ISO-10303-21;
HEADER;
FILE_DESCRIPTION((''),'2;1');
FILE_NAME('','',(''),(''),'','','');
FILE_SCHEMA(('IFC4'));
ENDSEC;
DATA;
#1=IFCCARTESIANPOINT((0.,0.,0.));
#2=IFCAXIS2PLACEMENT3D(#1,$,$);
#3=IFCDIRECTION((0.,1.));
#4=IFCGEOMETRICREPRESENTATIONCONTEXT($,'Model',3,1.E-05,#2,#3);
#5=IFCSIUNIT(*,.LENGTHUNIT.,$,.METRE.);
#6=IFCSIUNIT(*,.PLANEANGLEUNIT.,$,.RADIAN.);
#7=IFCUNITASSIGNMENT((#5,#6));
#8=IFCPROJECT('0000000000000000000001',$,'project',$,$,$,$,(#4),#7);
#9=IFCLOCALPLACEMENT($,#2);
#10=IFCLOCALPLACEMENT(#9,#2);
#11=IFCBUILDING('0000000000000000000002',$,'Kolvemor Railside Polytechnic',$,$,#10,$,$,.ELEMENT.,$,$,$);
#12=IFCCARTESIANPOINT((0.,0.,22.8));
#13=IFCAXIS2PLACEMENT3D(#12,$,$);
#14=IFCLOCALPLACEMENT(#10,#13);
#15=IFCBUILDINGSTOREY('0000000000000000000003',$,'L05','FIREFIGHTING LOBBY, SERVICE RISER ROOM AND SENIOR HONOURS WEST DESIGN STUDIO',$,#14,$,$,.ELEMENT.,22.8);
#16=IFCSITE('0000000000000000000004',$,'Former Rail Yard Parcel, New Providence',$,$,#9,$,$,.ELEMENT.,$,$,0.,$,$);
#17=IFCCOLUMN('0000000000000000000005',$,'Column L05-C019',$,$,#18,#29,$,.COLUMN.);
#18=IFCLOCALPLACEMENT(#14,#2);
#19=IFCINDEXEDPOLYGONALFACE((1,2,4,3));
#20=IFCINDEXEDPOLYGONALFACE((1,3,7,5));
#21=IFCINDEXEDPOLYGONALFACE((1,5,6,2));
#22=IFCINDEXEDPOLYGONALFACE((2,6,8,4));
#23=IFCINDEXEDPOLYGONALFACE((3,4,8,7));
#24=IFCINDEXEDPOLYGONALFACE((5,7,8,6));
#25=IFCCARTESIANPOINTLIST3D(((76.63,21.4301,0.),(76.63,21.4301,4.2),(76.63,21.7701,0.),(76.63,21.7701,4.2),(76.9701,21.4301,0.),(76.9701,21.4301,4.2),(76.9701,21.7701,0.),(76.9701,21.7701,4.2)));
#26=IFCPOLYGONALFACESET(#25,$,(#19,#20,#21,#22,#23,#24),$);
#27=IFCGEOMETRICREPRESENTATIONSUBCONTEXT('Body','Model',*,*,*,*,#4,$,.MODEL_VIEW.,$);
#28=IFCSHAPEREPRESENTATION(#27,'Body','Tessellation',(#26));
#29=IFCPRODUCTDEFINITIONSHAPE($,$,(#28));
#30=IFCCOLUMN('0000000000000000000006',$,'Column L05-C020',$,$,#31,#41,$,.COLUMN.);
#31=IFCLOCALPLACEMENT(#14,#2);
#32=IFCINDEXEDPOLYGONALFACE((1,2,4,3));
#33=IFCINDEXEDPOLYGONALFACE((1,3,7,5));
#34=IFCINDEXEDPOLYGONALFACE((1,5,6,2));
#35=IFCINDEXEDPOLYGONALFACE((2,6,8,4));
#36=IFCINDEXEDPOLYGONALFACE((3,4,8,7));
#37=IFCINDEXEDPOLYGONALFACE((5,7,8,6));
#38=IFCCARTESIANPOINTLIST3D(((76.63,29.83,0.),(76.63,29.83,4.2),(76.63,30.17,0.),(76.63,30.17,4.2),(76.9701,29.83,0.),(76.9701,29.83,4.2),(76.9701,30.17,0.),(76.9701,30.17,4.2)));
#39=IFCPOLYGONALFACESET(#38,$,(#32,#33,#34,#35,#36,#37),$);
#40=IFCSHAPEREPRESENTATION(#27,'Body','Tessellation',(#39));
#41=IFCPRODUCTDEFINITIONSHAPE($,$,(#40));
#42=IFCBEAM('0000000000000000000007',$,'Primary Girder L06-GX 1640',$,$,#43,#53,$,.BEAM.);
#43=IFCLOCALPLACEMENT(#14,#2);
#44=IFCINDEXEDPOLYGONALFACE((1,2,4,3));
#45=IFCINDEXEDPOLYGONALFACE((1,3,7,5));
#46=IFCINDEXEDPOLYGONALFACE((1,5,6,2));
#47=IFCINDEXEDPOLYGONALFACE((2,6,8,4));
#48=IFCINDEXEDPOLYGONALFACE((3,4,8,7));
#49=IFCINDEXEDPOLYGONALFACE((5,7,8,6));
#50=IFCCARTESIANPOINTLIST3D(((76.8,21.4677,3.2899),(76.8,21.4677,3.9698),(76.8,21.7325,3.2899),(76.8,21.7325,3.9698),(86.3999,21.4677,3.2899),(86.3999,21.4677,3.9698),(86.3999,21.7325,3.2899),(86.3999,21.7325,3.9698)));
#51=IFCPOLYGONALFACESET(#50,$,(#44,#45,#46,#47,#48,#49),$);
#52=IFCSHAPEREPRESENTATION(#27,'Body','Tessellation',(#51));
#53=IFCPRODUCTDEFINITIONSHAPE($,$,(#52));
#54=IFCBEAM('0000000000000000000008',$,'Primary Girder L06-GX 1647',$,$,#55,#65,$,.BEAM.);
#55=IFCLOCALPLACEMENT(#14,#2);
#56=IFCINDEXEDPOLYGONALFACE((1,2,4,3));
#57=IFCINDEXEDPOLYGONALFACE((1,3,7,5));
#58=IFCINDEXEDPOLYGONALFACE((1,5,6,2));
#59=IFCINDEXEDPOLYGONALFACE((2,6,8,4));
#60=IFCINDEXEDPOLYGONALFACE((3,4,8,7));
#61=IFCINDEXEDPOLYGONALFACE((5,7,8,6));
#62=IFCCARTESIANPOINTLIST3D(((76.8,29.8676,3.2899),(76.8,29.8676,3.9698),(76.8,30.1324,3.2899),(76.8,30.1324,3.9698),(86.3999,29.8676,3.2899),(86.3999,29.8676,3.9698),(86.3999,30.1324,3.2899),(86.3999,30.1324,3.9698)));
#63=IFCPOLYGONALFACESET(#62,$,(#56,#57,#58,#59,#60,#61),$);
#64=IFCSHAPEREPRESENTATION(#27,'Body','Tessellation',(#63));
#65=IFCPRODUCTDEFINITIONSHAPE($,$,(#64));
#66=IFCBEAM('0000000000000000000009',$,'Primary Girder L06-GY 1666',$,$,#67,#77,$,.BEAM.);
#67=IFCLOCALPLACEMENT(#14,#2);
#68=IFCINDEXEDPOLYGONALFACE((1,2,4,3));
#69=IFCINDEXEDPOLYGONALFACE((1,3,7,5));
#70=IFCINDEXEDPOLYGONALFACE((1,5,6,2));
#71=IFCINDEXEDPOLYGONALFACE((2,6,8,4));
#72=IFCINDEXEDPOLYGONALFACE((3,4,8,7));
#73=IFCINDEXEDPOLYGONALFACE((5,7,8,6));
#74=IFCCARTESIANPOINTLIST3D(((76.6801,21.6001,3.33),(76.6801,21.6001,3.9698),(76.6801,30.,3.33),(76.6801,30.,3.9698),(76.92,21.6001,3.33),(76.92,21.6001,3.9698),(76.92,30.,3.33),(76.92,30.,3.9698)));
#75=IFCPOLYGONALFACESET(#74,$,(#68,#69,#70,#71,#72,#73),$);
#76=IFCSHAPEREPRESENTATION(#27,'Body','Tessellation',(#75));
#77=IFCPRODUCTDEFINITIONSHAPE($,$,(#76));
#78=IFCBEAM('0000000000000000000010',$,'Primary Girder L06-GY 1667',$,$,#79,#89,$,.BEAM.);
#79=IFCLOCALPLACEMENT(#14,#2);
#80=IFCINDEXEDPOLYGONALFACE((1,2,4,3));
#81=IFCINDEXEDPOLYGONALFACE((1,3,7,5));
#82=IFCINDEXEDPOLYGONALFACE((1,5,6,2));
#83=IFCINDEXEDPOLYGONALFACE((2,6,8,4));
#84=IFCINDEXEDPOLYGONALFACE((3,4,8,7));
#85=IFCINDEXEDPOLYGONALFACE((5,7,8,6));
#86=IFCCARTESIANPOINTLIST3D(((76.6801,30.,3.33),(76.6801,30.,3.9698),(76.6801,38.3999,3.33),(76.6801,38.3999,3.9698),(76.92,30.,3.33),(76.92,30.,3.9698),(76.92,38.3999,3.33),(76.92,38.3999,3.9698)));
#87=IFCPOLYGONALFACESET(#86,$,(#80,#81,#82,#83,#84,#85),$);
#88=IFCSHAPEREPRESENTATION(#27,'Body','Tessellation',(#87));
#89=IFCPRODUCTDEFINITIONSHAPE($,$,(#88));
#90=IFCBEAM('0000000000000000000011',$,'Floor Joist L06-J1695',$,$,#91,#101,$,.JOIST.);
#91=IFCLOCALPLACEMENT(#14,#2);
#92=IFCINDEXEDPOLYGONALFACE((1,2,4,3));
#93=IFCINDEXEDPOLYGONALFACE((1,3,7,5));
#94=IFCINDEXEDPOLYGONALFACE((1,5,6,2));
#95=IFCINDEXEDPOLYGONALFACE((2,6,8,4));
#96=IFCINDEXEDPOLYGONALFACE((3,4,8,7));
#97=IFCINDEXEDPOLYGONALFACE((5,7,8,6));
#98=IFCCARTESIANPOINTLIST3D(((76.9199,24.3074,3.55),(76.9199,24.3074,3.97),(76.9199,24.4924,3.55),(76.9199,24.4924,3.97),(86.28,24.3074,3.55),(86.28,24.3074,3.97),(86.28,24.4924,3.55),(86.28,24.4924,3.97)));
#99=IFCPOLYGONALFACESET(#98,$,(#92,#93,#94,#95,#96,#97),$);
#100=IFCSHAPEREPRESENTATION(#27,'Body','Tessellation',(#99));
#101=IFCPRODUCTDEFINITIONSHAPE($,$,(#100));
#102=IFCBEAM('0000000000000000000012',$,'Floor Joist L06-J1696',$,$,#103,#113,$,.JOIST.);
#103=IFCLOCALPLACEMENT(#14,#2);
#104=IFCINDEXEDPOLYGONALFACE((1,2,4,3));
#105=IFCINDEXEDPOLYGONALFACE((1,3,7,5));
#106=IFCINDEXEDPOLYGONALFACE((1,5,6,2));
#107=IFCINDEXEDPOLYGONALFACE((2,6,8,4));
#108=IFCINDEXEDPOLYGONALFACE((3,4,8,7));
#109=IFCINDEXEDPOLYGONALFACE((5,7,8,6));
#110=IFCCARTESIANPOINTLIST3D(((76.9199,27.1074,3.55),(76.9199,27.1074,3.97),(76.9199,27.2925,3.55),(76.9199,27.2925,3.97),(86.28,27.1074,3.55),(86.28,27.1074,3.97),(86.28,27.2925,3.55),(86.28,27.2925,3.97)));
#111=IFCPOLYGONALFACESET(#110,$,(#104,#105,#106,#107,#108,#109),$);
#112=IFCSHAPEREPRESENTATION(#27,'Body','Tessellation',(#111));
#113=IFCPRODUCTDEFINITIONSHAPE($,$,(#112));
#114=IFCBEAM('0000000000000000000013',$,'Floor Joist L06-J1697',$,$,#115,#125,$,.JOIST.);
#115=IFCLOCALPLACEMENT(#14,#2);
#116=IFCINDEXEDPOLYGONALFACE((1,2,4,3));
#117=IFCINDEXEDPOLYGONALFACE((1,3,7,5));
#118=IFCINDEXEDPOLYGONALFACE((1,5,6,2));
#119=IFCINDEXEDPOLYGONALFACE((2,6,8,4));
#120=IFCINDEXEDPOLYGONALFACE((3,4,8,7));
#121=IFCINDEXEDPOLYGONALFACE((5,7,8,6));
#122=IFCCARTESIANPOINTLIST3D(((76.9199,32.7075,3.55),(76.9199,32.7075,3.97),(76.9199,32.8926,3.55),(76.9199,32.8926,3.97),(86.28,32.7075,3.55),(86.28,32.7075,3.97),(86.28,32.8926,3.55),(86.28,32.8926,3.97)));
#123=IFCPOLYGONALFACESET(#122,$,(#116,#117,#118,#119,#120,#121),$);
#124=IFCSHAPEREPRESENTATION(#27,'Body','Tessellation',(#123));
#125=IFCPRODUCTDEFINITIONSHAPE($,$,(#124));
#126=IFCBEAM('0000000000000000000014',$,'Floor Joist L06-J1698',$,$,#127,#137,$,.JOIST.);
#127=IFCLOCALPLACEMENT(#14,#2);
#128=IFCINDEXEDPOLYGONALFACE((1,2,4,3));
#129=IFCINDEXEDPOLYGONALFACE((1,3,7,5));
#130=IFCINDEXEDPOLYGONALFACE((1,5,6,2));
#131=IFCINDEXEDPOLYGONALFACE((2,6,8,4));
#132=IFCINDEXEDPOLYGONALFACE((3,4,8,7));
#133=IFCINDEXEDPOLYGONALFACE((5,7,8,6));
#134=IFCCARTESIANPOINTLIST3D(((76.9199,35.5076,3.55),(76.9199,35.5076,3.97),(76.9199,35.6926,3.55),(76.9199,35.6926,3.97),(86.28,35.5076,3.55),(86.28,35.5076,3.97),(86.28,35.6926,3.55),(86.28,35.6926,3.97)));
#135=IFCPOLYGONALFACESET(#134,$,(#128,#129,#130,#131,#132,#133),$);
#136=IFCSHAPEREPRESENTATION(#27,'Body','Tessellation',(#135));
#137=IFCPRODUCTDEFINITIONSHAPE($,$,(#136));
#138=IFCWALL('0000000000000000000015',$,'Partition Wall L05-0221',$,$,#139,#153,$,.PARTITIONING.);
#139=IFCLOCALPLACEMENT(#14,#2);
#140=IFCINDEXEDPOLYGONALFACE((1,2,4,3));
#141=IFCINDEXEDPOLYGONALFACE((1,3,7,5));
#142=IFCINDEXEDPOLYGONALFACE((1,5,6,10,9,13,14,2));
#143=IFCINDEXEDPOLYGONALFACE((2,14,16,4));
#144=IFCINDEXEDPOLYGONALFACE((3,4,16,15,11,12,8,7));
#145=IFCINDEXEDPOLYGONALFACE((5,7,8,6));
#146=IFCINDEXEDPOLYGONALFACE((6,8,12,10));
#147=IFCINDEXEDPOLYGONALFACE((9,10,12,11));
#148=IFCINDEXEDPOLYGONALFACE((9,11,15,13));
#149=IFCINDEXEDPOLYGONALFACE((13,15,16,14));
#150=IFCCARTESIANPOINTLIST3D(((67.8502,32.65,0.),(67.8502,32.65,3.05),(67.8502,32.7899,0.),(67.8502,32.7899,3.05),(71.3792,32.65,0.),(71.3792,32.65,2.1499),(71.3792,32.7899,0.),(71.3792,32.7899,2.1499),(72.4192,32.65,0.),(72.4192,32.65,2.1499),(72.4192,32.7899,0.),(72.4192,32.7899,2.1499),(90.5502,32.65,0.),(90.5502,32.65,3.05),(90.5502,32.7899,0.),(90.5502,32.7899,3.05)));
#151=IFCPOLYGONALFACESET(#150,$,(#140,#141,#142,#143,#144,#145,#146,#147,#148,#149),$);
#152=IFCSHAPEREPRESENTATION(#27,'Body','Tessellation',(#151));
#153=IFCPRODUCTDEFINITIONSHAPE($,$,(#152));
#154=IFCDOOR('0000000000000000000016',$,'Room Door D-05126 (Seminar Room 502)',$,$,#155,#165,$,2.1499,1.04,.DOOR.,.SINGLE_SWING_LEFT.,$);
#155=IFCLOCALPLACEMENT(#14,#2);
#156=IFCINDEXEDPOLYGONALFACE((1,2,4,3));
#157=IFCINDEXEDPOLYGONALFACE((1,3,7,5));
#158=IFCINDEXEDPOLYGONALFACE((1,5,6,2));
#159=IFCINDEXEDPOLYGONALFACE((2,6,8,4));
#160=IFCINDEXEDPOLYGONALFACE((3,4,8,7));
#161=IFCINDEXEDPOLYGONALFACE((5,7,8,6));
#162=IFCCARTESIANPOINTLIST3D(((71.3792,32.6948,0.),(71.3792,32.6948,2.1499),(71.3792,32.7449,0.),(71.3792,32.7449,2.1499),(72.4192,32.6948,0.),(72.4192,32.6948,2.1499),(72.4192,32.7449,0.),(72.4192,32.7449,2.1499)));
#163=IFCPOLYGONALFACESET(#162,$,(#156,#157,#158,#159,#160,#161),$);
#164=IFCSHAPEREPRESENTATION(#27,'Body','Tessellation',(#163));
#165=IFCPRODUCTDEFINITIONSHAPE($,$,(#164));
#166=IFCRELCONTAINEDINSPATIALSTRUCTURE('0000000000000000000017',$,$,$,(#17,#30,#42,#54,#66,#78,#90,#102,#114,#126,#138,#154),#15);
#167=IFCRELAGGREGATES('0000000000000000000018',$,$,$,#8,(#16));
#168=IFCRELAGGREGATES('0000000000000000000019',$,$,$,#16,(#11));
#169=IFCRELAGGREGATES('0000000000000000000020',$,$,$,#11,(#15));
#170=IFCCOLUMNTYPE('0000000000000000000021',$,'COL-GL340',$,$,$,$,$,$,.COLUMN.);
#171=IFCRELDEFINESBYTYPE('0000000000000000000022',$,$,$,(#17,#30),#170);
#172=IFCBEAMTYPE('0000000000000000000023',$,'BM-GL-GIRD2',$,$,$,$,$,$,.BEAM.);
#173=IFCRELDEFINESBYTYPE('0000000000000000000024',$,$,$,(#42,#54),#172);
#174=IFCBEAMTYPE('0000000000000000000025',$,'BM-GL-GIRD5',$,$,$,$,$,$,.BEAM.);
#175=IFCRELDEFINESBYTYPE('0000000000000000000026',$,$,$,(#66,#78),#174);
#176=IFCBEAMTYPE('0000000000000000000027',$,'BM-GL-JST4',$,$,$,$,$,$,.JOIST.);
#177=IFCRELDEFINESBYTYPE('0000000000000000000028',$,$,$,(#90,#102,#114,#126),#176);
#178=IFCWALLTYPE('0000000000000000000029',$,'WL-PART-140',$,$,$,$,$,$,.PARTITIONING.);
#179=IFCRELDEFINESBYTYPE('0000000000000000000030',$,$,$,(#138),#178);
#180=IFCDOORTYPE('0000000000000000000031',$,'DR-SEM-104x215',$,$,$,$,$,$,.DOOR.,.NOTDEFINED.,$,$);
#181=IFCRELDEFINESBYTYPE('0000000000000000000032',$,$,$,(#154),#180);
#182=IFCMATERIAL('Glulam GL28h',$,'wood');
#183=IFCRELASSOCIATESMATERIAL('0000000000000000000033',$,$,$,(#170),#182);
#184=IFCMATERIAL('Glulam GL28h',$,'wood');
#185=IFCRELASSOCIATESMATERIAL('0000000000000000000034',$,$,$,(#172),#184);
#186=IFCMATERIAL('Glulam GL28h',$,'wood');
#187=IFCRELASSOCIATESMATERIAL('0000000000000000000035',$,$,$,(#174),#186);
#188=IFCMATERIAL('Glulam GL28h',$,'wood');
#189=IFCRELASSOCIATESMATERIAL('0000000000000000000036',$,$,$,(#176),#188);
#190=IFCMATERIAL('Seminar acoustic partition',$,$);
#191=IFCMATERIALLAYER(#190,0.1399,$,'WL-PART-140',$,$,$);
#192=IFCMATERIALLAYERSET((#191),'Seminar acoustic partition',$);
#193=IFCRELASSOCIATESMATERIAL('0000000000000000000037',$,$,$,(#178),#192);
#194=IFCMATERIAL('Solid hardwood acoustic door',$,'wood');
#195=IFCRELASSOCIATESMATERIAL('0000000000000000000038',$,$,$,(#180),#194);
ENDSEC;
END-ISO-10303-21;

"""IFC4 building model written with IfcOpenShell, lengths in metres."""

from ifc_helpers import new_model, si_unit, direction, frame, frame_2d, origin, origin_2d, place, context, subcontext, project, spatial, rectangle, extrude, material, layer, layer_set, material_profile, profile_set, type_object, element, fill, save


model = new_model("IFC4")

# Units and contexts
model_context = context("Model", 3, precision=1e-05, world=origin(), true_north=direction((0.0, 1.0)))
body_context = subcontext(model_context, "Body", "Model", "MODEL_VIEW")
ifc_project = project(units=[si_unit("LENGTHUNIT", "METRE"), si_unit("PLANEANGLEUNIT", "RADIAN")], contexts=[model_context])

# Site, building, storey
site_placement = place(None, origin())
site = spatial("IfcSite", under=ifc_project, at=site_placement, Name="Former Rail Yard Parcel, New Providence", CompositionType="ELEMENT", RefElevation=0.0)
building_placement = place(site_placement, origin())
building = spatial("IfcBuilding", under=site, at=building_placement, Name="Kolvemor Railside Polytechnic", CompositionType="ELEMENT")
storey_placement = place(building_placement, frame((0.0, 0.0, 22.8)))
storey = spatial("IfcBuildingStorey", under=building, at=storey_placement, Name="L05", Description="FIREFIGHTING LOBBY, SERVICE RISER ROOM AND SENIOR HONOURS WEST DESIGN STUDIO", CompositionType="ELEMENT", Elevation=22.8)

# Columns
ifc_material_1 = material(Name="Glulam GL28h", Category="wood")
ifc_material_profile_1 = material_profile(ifc_material_1, rectangle(XDim=0.3401, YDim=0.3401, at=origin_2d()), Name="GL340x340")
ifc_profile_set_1 = profile_set([ifc_material_profile_1], Name="Glulam GL28h")
column_type = type_object("IfcColumnType", Name="COL-GL340", PredefinedType="COLUMN", material=ifc_profile_set_1)
for number, where, z_axis, x_axis, name in (
    (1, (76.8, 21.6001, 0.0), (0.0, 0.0, 1.0), (1.0, 0.0, 0.0), "Column L05-C019"),
    (2, (76.8, 30.0, 0.0), (0.0, 0.0, 1.0), (1.0, 0.0, 0.0), "Column L05-C020"),
):
    element("IfcColumn", number, at=place(storey_placement, frame(where, z_axis=z_axis, x_axis=x_axis)), inside=storey, type_object=column_type, Name=name, PredefinedType="COLUMN", context=body_context, shape_type="SweptSolid", body=[
        extrude(rectangle(XDim=0.3401, YDim=0.3401, at=origin_2d()), origin(), (0.0, 0.0, 1.0), 4.2),
    ])

# Beams
ifc_material_2 = material(Name="Glulam GL28h", Category="wood")
ifc_material_profile_2 = material_profile(ifc_material_2, rectangle(XDim=0.2649, YDim=0.6799, at=origin_2d()), Name="GL265x680")
ifc_profile_set_2 = profile_set([ifc_material_profile_2], Name="Glulam GL28h")
beam_type_1 = type_object("IfcBeamType", Name="BM-GL-GIRD2", PredefinedType="BEAM", material=ifc_profile_set_2)
for number, where, z_axis, x_axis, name in (
    (3, (76.8, 21.6001, 3.6299), (1.0, 0.0, 0.0), (0.0, 1.0, 0.0), "Primary Girder L06-GX 1640"),
    (4, (76.8, 30.0, 3.6299), (1.0, 0.0, 0.0), (0.0, 1.0, 0.0), "Primary Girder L06-GX 1647"),
):
    element("IfcBeam", number, at=place(storey_placement, frame(where, z_axis=z_axis, x_axis=x_axis)), inside=storey, type_object=beam_type_1, Name=name, PredefinedType="BEAM", context=body_context, shape_type="SweptSolid", body=[
        extrude(rectangle(XDim=0.2649, YDim=0.6799, at=origin_2d()), origin(), (0.0, 0.0, 1.0), 9.5999),
    ])
ifc_material_3 = material(Name="Glulam GL28h", Category="wood")
ifc_material_profile_3 = material_profile(ifc_material_3, rectangle(XDim=0.24, YDim=0.6399, at=origin_2d()), Name="GL240x640")
ifc_profile_set_3 = profile_set([ifc_material_profile_3], Name="Glulam GL28h")
beam_type_2 = type_object("IfcBeamType", Name="BM-GL-GIRD5", PredefinedType="BEAM", material=ifc_profile_set_3)
for number, where, z_axis, x_axis, name in (
    (5, (76.8, 21.6001, 3.6499), (0.0, 1.0, 0.0), (-1.0, 0.0, 0.0), "Primary Girder L06-GY 1666"),
    (6, (76.8, 30.0, 3.6499), (0.0, 1.0, 0.0), (-1.0, 0.0, 0.0), "Primary Girder L06-GY 1667"),
):
    element("IfcBeam", number, at=place(storey_placement, frame(where, z_axis=z_axis, x_axis=x_axis)), inside=storey, type_object=beam_type_2, Name=name, PredefinedType="BEAM", context=body_context, shape_type="SweptSolid", body=[
        extrude(rectangle(XDim=0.24, YDim=0.6399, at=origin_2d()), origin(), (0.0, 0.0, 1.0), 8.3999),
    ])
ifc_material_4 = material(Name="Glulam GL28h", Category="wood")
ifc_material_profile_4 = material_profile(ifc_material_4, rectangle(XDim=0.1851, YDim=0.4199, at=origin_2d()), Name="GL185x420")
ifc_profile_set_4 = profile_set([ifc_material_profile_4], Name="Glulam GL28h")
beam_type_3 = type_object("IfcBeamType", Name="BM-GL-JST4", PredefinedType="JOIST", material=ifc_profile_set_4)
for number, where, z_axis, x_axis, name in (
    (7, (76.9199, 24.3999, 3.76), (1.0, 0.0, 0.0), (0.0, 1.0, 0.0), "Floor Joist L06-J1695"),
    (8, (76.9199, 27.2, 3.76), (1.0, 0.0, 0.0), (0.0, 1.0, 0.0), "Floor Joist L06-J1696"),
    (9, (76.9199, 32.8, 3.76), (1.0, 0.0, 0.0), (0.0, 1.0, 0.0), "Floor Joist L06-J1697"),
    (10, (76.9199, 35.6001, 3.76), (1.0, 0.0, 0.0), (0.0, 1.0, 0.0), "Floor Joist L06-J1698"),
):
    element("IfcBeam", number, at=place(storey_placement, frame(where, z_axis=z_axis, x_axis=x_axis)), inside=storey, type_object=beam_type_3, Name=name, PredefinedType="JOIST", context=body_context, shape_type="SweptSolid", body=[
        extrude(rectangle(XDim=0.1851, YDim=0.4199, at=origin_2d()), origin(), (0.0, 0.0, 1.0), 9.3601),
    ])

# Wall, opening, door
ifc_material_5 = material(Name="Seminar acoustic partition")
ifc_layer_1 = layer(ifc_material_5, 0.1399, Name="WL-PART-140")
ifc_layer_set_1 = layer_set([ifc_layer_1], Name="Seminar acoustic partition")
wall_type_1 = type_object("IfcWallType", Name="WL-PART-140", PredefinedType="PARTITIONING", material=ifc_layer_set_1)
wall_1_placement = place(storey_placement, frame((67.8501, 32.72, 0.0), z_axis=(0.0, 0.0, 1.0), x_axis=(1.0, 0.0, 0.0)))
wall_1 = element("IfcWall", 11, at=wall_1_placement, inside=storey, type_object=wall_type_1, Name="Partition Wall L05-0221", PredefinedType="PARTITIONING", context=body_context, shape_type="SweptSolid", body=[
    extrude(rectangle(XDim=22.7, YDim=0.1399, at=frame_2d((11.3501, 0.0))), origin(), (0.0, 0.0, 1.0), 3.05),
])
opening_1_placement = place(wall_1_placement, frame((3.5291, 0.0, 0.0)))
opening_1 = element("IfcOpeningElement", 12, at=opening_1_placement, cuts=wall_1, PredefinedType="OPENING", context=body_context, shape_type="SweptSolid", body=[
    extrude(rectangle(XDim=1.04, YDim=2.1499, at=frame_2d((0.52, 1.075))), frame((0.0, 0.0798, 0.0), z_axis=(0.0, -1.0, 0.0), x_axis=(1.0, 0.0, 0.0)), (0.0, 0.0, 1.0), 0.1599),
])
ifc_material_6 = material(Name="Solid hardwood acoustic door", Category="wood")
door_type_1 = type_object("IfcDoorType", Name="DR-SEM-104x215", OperationType="NOTDEFINED", PredefinedType="DOOR", material=ifc_material_6)
door_1_placement = place(opening_1_placement, origin())
door_1 = element("IfcDoor", 13, at=door_1_placement, inside=storey, type_object=door_type_1, Name="Room Door D-05126 (Seminar Room 502)", OperationType="SINGLE_SWING_LEFT", OverallHeight=2.1499, OverallWidth=1.04, PredefinedType="DOOR", context=body_context, shape_type="SweptSolid", body=[
    extrude(rectangle(XDim=1.04, YDim=2.1499, at=frame_2d((0.52, 1.075))), frame((0.0, 0.0249, 0.0), z_axis=(0.0, -1.0, 0.0), x_axis=(1.0, 0.0, 0.0)), (0.0, 0.0, 1.0), 0.05),
])
fill(opening_1, door_1)

save(model, "model.ifc")
